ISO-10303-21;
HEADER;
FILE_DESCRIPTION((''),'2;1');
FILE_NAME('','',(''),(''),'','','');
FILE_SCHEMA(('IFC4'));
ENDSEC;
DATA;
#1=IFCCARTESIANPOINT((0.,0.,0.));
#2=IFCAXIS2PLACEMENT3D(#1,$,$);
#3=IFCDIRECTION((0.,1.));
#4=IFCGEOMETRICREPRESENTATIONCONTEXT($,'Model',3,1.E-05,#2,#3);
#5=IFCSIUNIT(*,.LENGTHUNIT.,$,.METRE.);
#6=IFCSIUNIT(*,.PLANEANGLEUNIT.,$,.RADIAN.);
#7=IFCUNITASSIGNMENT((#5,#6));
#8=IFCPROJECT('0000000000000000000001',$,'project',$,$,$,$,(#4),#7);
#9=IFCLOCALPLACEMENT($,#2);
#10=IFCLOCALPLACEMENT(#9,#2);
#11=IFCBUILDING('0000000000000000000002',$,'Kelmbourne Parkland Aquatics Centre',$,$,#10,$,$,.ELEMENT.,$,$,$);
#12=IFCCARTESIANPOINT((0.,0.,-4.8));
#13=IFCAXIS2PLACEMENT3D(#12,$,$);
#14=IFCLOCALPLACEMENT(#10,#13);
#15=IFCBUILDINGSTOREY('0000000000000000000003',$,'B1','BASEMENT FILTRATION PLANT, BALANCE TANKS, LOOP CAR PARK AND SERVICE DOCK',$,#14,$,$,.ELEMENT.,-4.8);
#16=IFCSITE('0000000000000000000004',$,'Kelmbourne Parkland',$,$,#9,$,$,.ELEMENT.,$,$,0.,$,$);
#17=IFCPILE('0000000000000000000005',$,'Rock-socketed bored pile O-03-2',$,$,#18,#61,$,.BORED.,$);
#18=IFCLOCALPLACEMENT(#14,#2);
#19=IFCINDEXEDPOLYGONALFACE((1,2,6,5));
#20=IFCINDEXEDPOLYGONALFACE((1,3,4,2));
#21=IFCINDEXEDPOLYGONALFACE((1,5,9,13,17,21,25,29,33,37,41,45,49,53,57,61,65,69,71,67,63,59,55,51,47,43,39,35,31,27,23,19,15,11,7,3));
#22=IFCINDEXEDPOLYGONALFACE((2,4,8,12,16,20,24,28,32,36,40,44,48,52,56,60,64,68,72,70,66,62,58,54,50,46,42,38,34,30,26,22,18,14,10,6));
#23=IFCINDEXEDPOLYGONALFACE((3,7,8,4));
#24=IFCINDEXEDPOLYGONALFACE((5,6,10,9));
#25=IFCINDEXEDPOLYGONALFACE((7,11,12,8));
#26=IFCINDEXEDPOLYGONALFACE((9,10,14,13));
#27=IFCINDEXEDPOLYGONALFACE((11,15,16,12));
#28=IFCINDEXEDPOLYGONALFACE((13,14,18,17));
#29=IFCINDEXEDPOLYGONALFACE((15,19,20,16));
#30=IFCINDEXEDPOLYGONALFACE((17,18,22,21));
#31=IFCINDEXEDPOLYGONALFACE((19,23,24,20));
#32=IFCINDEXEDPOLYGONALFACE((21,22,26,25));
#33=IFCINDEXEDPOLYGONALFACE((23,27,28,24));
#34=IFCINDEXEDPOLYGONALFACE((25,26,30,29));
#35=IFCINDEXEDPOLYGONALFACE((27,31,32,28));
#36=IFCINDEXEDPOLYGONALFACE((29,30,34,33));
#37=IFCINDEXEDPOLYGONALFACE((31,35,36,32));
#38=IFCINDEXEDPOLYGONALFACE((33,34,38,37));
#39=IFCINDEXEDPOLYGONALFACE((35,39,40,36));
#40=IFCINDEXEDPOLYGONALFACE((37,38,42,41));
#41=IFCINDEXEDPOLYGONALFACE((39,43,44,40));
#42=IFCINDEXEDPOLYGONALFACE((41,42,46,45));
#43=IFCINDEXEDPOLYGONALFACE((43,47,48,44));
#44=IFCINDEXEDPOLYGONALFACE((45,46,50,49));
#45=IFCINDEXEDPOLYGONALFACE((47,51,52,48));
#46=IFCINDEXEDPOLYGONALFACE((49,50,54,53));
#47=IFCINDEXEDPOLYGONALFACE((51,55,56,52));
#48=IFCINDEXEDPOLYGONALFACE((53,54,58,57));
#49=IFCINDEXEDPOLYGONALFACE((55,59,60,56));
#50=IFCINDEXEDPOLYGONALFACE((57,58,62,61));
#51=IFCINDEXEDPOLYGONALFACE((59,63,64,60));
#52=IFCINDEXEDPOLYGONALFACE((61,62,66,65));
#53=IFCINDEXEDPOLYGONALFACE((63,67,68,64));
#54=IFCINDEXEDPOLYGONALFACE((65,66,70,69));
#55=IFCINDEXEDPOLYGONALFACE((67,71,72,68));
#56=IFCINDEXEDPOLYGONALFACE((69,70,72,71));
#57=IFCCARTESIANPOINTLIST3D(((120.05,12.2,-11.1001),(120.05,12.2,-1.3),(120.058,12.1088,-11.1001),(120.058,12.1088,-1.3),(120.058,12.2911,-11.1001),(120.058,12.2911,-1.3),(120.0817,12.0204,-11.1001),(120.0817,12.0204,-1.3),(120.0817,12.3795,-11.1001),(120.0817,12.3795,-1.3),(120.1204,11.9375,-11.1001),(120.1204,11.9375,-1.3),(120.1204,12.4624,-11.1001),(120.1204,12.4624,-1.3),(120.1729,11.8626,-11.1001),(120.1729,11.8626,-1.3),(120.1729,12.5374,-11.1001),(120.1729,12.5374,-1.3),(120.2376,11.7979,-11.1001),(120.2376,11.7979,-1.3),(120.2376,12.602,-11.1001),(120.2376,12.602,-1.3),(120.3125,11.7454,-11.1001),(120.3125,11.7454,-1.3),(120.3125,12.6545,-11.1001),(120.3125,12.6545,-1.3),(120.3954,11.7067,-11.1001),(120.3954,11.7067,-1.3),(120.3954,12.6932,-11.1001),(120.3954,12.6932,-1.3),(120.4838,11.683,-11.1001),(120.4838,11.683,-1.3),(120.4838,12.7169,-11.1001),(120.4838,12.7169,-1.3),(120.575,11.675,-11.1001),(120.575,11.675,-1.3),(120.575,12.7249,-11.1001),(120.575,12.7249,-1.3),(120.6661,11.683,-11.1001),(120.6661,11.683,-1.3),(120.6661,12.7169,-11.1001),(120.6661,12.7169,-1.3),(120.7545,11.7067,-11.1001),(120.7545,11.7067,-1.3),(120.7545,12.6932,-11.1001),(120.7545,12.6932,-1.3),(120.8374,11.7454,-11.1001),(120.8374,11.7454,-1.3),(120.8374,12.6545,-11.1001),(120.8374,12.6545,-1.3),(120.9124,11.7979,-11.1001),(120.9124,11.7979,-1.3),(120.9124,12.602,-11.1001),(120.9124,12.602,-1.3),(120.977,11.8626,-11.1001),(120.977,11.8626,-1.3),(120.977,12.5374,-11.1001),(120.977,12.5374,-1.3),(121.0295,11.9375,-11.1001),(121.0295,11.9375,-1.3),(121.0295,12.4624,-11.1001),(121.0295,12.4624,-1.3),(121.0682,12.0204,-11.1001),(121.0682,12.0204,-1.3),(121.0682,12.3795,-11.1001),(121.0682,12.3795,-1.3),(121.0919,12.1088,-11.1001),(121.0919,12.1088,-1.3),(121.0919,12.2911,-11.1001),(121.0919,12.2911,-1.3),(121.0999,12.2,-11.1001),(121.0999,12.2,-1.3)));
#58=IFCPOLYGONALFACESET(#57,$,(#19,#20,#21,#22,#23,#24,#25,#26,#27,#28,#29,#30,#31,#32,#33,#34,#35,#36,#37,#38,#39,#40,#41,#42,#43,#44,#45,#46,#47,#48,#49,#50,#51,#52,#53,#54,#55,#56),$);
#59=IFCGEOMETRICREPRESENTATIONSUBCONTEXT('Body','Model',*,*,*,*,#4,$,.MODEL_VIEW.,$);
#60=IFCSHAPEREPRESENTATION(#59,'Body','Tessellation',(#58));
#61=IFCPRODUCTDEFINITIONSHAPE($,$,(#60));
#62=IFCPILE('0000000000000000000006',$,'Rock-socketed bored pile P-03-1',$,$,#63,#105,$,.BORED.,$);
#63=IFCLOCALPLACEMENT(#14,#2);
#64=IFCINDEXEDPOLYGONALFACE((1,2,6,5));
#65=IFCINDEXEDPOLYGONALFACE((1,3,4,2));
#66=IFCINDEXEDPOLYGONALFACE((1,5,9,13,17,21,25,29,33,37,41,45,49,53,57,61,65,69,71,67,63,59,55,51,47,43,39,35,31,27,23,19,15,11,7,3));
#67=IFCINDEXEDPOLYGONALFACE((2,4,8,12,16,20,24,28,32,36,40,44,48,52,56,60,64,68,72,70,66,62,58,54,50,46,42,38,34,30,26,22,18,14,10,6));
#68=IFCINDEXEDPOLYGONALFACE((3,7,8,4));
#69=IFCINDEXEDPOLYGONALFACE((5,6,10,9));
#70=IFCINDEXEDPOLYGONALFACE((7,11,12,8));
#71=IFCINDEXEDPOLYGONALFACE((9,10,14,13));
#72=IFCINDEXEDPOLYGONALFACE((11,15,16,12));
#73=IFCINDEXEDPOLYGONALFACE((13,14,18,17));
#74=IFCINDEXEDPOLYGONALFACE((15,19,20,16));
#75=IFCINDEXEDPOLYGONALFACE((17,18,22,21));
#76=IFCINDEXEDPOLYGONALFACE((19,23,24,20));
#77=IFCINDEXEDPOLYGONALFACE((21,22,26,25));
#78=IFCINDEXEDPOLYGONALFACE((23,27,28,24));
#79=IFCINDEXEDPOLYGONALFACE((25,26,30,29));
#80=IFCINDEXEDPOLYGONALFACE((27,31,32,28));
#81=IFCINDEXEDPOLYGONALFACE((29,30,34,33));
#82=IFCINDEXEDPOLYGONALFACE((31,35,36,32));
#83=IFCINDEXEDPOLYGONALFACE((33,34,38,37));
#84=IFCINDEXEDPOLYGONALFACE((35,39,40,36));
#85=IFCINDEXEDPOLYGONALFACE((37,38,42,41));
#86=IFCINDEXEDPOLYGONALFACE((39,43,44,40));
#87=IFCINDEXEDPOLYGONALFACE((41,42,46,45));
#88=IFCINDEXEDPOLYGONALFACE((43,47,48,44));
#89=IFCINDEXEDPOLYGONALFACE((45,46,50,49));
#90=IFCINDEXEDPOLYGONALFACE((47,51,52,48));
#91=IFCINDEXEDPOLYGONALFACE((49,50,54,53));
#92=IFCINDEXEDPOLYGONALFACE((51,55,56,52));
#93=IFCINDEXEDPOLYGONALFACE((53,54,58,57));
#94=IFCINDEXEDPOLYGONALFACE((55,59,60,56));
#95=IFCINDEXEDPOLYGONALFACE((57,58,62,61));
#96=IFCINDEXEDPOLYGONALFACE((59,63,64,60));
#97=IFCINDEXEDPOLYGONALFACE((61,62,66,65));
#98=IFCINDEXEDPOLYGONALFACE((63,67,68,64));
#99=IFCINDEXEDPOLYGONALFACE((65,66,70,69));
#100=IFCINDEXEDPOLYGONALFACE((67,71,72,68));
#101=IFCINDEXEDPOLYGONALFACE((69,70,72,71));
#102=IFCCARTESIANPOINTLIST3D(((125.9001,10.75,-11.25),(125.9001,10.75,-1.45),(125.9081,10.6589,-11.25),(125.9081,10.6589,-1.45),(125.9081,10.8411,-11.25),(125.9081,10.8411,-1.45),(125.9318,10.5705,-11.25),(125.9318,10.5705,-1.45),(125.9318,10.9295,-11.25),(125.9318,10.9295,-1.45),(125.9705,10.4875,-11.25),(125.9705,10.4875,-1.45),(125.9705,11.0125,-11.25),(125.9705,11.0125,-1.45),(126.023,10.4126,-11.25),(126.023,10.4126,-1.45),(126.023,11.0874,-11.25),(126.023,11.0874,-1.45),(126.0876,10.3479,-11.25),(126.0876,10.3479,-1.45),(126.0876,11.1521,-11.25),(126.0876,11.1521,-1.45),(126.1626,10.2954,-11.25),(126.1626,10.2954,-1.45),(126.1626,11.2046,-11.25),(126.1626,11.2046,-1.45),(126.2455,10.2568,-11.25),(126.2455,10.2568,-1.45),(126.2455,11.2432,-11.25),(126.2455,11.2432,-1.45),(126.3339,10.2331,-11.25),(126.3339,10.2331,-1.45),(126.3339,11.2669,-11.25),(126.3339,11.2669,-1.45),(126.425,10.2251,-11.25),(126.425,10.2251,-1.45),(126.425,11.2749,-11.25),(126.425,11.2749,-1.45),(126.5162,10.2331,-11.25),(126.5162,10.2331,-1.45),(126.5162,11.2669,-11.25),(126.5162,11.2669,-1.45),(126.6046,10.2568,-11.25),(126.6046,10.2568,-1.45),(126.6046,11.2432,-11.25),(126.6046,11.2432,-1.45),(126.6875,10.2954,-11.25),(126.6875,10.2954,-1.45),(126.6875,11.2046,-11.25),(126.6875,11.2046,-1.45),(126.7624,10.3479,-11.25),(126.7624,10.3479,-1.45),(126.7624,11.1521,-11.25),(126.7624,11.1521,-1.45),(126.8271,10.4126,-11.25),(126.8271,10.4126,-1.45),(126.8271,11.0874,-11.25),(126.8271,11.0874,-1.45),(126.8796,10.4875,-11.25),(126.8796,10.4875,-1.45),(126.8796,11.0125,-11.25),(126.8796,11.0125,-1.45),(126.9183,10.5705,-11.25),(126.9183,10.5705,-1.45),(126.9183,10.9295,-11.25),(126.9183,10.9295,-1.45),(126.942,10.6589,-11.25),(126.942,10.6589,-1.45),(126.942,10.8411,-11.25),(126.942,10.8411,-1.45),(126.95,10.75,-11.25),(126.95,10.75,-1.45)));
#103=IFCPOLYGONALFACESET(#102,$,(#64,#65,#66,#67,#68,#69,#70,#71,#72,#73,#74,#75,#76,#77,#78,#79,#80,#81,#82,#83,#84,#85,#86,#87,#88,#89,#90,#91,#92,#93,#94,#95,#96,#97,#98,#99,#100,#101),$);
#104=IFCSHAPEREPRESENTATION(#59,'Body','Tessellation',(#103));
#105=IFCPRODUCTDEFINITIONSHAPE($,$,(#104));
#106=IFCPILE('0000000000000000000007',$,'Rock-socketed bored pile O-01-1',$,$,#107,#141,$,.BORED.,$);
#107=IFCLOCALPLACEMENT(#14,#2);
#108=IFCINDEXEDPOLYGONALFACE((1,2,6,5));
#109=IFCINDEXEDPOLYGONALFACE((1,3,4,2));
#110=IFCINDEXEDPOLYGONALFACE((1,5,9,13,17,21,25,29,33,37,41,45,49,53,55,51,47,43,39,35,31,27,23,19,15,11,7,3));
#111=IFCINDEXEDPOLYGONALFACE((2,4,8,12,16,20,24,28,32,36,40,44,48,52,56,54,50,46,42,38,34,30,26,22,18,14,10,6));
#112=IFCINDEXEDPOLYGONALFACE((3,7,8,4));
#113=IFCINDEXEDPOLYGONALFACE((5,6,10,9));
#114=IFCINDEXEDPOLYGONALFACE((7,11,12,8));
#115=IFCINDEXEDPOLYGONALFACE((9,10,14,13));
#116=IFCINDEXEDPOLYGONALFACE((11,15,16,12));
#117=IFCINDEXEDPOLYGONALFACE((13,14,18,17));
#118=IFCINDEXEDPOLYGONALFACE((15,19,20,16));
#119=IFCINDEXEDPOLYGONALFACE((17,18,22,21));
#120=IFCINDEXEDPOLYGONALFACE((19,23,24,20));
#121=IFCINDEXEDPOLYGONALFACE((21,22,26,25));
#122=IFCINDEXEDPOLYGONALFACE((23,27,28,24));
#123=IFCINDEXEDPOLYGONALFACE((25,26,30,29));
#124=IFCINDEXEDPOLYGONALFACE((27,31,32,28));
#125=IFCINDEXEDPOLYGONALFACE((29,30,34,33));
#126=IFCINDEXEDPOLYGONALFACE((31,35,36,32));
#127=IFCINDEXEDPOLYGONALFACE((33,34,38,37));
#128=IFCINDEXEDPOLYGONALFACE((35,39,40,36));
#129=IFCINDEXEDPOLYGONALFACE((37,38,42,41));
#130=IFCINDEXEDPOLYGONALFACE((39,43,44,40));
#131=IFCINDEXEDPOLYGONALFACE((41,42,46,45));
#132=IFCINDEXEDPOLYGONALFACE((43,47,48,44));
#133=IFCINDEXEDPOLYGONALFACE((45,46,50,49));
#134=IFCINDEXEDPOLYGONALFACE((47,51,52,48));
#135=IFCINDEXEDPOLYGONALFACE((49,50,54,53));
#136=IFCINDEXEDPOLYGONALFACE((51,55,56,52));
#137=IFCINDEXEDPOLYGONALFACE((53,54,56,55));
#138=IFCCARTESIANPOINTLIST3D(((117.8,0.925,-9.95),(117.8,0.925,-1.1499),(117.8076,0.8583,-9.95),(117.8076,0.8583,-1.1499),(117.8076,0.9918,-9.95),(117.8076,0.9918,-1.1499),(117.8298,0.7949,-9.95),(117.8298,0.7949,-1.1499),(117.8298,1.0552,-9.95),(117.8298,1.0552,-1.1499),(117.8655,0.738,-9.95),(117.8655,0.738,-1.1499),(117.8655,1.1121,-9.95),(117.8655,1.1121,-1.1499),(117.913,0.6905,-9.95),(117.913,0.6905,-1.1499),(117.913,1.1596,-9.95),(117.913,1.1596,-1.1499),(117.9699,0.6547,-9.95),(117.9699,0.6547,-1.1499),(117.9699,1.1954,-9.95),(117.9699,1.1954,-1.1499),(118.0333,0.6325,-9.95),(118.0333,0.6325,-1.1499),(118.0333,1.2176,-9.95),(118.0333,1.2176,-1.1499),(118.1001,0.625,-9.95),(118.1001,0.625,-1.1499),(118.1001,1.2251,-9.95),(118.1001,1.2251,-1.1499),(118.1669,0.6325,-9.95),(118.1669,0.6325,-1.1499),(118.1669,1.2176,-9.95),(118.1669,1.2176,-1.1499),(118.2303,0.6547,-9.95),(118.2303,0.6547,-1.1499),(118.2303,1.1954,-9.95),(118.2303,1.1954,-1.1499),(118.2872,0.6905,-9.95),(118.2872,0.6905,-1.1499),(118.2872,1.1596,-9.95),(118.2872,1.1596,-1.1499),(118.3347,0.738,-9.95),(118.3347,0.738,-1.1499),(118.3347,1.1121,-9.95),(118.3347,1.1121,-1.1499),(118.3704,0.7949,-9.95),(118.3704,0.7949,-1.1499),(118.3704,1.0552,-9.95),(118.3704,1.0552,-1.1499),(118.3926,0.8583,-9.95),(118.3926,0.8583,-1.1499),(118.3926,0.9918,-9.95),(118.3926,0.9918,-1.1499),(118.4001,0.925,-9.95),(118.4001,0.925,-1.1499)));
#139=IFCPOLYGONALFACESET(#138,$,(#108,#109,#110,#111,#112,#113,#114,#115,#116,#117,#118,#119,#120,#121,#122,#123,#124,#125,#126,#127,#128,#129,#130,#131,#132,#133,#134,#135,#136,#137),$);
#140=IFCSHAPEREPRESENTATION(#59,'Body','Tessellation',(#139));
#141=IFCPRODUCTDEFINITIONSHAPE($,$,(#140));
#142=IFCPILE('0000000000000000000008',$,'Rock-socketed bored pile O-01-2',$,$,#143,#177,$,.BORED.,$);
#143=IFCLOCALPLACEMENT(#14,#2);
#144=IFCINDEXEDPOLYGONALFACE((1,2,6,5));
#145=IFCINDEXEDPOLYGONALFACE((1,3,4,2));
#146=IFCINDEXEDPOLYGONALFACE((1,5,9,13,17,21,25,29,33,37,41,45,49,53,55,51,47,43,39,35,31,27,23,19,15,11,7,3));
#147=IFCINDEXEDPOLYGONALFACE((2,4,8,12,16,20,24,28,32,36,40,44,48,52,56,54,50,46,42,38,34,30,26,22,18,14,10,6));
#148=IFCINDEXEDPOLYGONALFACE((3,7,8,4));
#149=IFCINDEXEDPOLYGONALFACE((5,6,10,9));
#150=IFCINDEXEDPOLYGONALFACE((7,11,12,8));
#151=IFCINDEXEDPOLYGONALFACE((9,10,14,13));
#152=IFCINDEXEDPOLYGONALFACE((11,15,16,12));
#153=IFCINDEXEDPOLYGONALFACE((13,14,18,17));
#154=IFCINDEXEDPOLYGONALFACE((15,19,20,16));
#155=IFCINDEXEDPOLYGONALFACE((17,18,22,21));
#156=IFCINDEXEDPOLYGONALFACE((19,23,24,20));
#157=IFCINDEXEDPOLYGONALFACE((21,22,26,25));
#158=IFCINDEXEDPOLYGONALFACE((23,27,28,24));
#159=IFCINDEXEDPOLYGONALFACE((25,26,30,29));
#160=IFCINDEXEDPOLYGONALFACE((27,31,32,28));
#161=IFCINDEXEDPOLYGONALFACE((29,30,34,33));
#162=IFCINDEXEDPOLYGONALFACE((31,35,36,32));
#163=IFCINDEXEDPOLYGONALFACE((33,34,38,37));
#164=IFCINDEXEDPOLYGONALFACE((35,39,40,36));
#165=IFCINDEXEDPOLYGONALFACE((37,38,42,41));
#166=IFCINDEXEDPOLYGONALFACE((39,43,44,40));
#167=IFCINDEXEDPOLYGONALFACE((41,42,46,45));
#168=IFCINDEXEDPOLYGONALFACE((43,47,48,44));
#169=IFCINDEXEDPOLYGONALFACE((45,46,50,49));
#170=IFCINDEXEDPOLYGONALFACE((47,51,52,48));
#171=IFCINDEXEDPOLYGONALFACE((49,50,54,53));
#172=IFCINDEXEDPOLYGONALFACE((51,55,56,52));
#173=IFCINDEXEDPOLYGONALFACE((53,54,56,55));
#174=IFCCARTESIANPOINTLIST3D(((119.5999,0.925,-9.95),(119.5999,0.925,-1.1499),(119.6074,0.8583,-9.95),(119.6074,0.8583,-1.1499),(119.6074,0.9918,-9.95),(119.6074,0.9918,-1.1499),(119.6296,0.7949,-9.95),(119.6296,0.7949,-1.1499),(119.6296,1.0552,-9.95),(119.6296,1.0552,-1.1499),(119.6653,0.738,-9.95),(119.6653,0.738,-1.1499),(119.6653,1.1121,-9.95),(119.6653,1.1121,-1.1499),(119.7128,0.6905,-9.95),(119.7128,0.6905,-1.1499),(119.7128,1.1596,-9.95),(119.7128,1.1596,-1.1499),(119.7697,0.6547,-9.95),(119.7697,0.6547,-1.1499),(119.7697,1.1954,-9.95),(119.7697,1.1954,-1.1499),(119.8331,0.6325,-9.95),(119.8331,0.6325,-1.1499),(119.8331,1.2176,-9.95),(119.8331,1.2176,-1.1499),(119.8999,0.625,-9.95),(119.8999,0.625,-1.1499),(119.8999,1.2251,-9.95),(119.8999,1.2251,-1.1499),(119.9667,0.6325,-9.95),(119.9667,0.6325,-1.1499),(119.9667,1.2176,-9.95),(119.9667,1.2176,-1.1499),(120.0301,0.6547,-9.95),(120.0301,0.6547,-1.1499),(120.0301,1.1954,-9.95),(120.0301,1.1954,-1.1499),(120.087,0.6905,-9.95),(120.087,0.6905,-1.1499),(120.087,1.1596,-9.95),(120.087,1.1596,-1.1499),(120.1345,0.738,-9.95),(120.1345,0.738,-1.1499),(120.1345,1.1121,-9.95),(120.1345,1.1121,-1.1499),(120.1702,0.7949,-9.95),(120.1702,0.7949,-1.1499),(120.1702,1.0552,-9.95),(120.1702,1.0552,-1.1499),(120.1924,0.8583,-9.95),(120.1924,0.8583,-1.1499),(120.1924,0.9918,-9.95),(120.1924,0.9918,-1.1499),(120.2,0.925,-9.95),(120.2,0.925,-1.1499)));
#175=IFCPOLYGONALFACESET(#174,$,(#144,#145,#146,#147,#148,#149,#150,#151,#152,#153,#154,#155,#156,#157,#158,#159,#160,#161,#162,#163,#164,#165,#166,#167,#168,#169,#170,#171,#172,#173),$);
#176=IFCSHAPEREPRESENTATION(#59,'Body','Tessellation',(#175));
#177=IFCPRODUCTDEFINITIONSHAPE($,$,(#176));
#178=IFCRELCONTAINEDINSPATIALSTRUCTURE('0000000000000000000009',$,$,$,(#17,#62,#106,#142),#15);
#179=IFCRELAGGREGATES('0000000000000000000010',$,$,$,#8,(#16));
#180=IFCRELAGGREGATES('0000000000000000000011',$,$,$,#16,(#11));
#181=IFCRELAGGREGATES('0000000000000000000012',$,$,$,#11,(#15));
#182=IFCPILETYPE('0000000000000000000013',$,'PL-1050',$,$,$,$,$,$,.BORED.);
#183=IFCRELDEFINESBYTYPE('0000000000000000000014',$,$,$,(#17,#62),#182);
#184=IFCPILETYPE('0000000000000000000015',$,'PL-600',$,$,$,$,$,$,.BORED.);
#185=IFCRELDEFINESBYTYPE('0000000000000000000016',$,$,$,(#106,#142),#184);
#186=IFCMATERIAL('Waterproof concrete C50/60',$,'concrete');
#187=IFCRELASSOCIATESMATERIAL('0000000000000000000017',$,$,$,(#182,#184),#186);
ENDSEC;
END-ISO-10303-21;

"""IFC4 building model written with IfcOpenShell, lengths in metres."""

from ifc_helpers import new_model, si_unit, direction, frame, origin, origin_2d, place, context, subcontext, project, spatial, circle, extrude, material, material_profile, profile_set, type_object, element, save


model = new_model("IFC4")

# Units and contexts
model_context = context("Model", 3, precision=1e-05, world=origin(), true_north=direction((0.0, 1.0)))
body_context = subcontext(model_context, "Body", "Model", "MODEL_VIEW")
ifc_project = project(units=[si_unit("LENGTHUNIT", "METRE"), si_unit("PLANEANGLEUNIT", "RADIAN")], contexts=[model_context])

# Site, building, storey
site_placement = place(None, origin())
site = spatial("IfcSite", under=ifc_project, at=site_placement, Name="Kelmbourne Parkland", CompositionType="ELEMENT", RefElevation=0.0)
building_placement = place(site_placement, origin())
building = spatial("IfcBuilding", under=site, at=building_placement, Name="Kelmbourne Parkland Aquatics Centre", CompositionType="ELEMENT")
storey_placement = place(building_placement, frame((0.0, 0.0, -4.8)))
storey = spatial("IfcBuildingStorey", under=building, at=storey_placement, Name="B1", Description="BASEMENT FILTRATION PLANT, BALANCE TANKS, LOOP CAR PARK AND SERVICE DOCK", CompositionType="ELEMENT", Elevation=-4.8)

# Shared definitions
ifc_material_1 = material(Name="Waterproof concrete C50/60", Category="concrete")

# Piles
ifc_material_profile_1 = material_profile(ifc_material_1, circle(Radius=0.5249, at=origin_2d()), Name="PILE D1050")
ifc_profile_set_1 = profile_set([ifc_material_profile_1], Name="Waterproof concrete C50/60")
pile_type_1 = type_object("IfcPileType", Name="PL-1050", PredefinedType="BORED", material=ifc_profile_set_1)
for number, where, z_axis, x_axis, name in (
    (1, (120.575, 12.2, -1.3), (0.0, 0.0, -1.0), (1.0, 0.0, 0.0), "Rock-socketed bored pile O-03-2"),
    (2, (126.425, 10.75, -1.45), (0.0, 0.0, -1.0), (1.0, 0.0, 0.0), "Rock-socketed bored pile P-03-1"),
):
    element("IfcPile", number, at=place(storey_placement, frame(where, z_axis=z_axis, x_axis=x_axis)), inside=storey, type_object=pile_type_1, Name=name, PredefinedType="BORED", context=body_context, shape_type="SweptSolid", body=[
        extrude(circle(Radius=0.5249, at=origin_2d()), origin(), (0.0, 0.0, 1.0), 9.8),
    ])
ifc_material_profile_2 = material_profile(ifc_material_1, circle(Radius=0.3, at=origin_2d()), Name="PILE D600")
ifc_profile_set_2 = profile_set([ifc_material_profile_2], Name="Waterproof concrete C50/60")
pile_type_2 = type_object("IfcPileType", Name="PL-600", PredefinedType="BORED", material=ifc_profile_set_2)
for number, where, z_axis, x_axis, name in (
    (3, (118.1001, 0.925, -1.1499), (0.0, 0.0, -1.0), (1.0, 0.0, 0.0), "Rock-socketed bored pile O-01-1"),
    (4, (119.8999, 0.925, -1.1499), (0.0, 0.0, -1.0), (1.0, 0.0, 0.0), "Rock-socketed bored pile O-01-2"),
):
    element("IfcPile", number, at=place(storey_placement, frame(where, z_axis=z_axis, x_axis=x_axis)), inside=storey, type_object=pile_type_2, Name=name, PredefinedType="BORED", context=body_context, shape_type="SweptSolid", body=[
        extrude(circle(Radius=0.3, at=origin_2d()), origin(), (0.0, 0.0, 1.0), 8.8),
    ])

save(model, "model.ifc")
